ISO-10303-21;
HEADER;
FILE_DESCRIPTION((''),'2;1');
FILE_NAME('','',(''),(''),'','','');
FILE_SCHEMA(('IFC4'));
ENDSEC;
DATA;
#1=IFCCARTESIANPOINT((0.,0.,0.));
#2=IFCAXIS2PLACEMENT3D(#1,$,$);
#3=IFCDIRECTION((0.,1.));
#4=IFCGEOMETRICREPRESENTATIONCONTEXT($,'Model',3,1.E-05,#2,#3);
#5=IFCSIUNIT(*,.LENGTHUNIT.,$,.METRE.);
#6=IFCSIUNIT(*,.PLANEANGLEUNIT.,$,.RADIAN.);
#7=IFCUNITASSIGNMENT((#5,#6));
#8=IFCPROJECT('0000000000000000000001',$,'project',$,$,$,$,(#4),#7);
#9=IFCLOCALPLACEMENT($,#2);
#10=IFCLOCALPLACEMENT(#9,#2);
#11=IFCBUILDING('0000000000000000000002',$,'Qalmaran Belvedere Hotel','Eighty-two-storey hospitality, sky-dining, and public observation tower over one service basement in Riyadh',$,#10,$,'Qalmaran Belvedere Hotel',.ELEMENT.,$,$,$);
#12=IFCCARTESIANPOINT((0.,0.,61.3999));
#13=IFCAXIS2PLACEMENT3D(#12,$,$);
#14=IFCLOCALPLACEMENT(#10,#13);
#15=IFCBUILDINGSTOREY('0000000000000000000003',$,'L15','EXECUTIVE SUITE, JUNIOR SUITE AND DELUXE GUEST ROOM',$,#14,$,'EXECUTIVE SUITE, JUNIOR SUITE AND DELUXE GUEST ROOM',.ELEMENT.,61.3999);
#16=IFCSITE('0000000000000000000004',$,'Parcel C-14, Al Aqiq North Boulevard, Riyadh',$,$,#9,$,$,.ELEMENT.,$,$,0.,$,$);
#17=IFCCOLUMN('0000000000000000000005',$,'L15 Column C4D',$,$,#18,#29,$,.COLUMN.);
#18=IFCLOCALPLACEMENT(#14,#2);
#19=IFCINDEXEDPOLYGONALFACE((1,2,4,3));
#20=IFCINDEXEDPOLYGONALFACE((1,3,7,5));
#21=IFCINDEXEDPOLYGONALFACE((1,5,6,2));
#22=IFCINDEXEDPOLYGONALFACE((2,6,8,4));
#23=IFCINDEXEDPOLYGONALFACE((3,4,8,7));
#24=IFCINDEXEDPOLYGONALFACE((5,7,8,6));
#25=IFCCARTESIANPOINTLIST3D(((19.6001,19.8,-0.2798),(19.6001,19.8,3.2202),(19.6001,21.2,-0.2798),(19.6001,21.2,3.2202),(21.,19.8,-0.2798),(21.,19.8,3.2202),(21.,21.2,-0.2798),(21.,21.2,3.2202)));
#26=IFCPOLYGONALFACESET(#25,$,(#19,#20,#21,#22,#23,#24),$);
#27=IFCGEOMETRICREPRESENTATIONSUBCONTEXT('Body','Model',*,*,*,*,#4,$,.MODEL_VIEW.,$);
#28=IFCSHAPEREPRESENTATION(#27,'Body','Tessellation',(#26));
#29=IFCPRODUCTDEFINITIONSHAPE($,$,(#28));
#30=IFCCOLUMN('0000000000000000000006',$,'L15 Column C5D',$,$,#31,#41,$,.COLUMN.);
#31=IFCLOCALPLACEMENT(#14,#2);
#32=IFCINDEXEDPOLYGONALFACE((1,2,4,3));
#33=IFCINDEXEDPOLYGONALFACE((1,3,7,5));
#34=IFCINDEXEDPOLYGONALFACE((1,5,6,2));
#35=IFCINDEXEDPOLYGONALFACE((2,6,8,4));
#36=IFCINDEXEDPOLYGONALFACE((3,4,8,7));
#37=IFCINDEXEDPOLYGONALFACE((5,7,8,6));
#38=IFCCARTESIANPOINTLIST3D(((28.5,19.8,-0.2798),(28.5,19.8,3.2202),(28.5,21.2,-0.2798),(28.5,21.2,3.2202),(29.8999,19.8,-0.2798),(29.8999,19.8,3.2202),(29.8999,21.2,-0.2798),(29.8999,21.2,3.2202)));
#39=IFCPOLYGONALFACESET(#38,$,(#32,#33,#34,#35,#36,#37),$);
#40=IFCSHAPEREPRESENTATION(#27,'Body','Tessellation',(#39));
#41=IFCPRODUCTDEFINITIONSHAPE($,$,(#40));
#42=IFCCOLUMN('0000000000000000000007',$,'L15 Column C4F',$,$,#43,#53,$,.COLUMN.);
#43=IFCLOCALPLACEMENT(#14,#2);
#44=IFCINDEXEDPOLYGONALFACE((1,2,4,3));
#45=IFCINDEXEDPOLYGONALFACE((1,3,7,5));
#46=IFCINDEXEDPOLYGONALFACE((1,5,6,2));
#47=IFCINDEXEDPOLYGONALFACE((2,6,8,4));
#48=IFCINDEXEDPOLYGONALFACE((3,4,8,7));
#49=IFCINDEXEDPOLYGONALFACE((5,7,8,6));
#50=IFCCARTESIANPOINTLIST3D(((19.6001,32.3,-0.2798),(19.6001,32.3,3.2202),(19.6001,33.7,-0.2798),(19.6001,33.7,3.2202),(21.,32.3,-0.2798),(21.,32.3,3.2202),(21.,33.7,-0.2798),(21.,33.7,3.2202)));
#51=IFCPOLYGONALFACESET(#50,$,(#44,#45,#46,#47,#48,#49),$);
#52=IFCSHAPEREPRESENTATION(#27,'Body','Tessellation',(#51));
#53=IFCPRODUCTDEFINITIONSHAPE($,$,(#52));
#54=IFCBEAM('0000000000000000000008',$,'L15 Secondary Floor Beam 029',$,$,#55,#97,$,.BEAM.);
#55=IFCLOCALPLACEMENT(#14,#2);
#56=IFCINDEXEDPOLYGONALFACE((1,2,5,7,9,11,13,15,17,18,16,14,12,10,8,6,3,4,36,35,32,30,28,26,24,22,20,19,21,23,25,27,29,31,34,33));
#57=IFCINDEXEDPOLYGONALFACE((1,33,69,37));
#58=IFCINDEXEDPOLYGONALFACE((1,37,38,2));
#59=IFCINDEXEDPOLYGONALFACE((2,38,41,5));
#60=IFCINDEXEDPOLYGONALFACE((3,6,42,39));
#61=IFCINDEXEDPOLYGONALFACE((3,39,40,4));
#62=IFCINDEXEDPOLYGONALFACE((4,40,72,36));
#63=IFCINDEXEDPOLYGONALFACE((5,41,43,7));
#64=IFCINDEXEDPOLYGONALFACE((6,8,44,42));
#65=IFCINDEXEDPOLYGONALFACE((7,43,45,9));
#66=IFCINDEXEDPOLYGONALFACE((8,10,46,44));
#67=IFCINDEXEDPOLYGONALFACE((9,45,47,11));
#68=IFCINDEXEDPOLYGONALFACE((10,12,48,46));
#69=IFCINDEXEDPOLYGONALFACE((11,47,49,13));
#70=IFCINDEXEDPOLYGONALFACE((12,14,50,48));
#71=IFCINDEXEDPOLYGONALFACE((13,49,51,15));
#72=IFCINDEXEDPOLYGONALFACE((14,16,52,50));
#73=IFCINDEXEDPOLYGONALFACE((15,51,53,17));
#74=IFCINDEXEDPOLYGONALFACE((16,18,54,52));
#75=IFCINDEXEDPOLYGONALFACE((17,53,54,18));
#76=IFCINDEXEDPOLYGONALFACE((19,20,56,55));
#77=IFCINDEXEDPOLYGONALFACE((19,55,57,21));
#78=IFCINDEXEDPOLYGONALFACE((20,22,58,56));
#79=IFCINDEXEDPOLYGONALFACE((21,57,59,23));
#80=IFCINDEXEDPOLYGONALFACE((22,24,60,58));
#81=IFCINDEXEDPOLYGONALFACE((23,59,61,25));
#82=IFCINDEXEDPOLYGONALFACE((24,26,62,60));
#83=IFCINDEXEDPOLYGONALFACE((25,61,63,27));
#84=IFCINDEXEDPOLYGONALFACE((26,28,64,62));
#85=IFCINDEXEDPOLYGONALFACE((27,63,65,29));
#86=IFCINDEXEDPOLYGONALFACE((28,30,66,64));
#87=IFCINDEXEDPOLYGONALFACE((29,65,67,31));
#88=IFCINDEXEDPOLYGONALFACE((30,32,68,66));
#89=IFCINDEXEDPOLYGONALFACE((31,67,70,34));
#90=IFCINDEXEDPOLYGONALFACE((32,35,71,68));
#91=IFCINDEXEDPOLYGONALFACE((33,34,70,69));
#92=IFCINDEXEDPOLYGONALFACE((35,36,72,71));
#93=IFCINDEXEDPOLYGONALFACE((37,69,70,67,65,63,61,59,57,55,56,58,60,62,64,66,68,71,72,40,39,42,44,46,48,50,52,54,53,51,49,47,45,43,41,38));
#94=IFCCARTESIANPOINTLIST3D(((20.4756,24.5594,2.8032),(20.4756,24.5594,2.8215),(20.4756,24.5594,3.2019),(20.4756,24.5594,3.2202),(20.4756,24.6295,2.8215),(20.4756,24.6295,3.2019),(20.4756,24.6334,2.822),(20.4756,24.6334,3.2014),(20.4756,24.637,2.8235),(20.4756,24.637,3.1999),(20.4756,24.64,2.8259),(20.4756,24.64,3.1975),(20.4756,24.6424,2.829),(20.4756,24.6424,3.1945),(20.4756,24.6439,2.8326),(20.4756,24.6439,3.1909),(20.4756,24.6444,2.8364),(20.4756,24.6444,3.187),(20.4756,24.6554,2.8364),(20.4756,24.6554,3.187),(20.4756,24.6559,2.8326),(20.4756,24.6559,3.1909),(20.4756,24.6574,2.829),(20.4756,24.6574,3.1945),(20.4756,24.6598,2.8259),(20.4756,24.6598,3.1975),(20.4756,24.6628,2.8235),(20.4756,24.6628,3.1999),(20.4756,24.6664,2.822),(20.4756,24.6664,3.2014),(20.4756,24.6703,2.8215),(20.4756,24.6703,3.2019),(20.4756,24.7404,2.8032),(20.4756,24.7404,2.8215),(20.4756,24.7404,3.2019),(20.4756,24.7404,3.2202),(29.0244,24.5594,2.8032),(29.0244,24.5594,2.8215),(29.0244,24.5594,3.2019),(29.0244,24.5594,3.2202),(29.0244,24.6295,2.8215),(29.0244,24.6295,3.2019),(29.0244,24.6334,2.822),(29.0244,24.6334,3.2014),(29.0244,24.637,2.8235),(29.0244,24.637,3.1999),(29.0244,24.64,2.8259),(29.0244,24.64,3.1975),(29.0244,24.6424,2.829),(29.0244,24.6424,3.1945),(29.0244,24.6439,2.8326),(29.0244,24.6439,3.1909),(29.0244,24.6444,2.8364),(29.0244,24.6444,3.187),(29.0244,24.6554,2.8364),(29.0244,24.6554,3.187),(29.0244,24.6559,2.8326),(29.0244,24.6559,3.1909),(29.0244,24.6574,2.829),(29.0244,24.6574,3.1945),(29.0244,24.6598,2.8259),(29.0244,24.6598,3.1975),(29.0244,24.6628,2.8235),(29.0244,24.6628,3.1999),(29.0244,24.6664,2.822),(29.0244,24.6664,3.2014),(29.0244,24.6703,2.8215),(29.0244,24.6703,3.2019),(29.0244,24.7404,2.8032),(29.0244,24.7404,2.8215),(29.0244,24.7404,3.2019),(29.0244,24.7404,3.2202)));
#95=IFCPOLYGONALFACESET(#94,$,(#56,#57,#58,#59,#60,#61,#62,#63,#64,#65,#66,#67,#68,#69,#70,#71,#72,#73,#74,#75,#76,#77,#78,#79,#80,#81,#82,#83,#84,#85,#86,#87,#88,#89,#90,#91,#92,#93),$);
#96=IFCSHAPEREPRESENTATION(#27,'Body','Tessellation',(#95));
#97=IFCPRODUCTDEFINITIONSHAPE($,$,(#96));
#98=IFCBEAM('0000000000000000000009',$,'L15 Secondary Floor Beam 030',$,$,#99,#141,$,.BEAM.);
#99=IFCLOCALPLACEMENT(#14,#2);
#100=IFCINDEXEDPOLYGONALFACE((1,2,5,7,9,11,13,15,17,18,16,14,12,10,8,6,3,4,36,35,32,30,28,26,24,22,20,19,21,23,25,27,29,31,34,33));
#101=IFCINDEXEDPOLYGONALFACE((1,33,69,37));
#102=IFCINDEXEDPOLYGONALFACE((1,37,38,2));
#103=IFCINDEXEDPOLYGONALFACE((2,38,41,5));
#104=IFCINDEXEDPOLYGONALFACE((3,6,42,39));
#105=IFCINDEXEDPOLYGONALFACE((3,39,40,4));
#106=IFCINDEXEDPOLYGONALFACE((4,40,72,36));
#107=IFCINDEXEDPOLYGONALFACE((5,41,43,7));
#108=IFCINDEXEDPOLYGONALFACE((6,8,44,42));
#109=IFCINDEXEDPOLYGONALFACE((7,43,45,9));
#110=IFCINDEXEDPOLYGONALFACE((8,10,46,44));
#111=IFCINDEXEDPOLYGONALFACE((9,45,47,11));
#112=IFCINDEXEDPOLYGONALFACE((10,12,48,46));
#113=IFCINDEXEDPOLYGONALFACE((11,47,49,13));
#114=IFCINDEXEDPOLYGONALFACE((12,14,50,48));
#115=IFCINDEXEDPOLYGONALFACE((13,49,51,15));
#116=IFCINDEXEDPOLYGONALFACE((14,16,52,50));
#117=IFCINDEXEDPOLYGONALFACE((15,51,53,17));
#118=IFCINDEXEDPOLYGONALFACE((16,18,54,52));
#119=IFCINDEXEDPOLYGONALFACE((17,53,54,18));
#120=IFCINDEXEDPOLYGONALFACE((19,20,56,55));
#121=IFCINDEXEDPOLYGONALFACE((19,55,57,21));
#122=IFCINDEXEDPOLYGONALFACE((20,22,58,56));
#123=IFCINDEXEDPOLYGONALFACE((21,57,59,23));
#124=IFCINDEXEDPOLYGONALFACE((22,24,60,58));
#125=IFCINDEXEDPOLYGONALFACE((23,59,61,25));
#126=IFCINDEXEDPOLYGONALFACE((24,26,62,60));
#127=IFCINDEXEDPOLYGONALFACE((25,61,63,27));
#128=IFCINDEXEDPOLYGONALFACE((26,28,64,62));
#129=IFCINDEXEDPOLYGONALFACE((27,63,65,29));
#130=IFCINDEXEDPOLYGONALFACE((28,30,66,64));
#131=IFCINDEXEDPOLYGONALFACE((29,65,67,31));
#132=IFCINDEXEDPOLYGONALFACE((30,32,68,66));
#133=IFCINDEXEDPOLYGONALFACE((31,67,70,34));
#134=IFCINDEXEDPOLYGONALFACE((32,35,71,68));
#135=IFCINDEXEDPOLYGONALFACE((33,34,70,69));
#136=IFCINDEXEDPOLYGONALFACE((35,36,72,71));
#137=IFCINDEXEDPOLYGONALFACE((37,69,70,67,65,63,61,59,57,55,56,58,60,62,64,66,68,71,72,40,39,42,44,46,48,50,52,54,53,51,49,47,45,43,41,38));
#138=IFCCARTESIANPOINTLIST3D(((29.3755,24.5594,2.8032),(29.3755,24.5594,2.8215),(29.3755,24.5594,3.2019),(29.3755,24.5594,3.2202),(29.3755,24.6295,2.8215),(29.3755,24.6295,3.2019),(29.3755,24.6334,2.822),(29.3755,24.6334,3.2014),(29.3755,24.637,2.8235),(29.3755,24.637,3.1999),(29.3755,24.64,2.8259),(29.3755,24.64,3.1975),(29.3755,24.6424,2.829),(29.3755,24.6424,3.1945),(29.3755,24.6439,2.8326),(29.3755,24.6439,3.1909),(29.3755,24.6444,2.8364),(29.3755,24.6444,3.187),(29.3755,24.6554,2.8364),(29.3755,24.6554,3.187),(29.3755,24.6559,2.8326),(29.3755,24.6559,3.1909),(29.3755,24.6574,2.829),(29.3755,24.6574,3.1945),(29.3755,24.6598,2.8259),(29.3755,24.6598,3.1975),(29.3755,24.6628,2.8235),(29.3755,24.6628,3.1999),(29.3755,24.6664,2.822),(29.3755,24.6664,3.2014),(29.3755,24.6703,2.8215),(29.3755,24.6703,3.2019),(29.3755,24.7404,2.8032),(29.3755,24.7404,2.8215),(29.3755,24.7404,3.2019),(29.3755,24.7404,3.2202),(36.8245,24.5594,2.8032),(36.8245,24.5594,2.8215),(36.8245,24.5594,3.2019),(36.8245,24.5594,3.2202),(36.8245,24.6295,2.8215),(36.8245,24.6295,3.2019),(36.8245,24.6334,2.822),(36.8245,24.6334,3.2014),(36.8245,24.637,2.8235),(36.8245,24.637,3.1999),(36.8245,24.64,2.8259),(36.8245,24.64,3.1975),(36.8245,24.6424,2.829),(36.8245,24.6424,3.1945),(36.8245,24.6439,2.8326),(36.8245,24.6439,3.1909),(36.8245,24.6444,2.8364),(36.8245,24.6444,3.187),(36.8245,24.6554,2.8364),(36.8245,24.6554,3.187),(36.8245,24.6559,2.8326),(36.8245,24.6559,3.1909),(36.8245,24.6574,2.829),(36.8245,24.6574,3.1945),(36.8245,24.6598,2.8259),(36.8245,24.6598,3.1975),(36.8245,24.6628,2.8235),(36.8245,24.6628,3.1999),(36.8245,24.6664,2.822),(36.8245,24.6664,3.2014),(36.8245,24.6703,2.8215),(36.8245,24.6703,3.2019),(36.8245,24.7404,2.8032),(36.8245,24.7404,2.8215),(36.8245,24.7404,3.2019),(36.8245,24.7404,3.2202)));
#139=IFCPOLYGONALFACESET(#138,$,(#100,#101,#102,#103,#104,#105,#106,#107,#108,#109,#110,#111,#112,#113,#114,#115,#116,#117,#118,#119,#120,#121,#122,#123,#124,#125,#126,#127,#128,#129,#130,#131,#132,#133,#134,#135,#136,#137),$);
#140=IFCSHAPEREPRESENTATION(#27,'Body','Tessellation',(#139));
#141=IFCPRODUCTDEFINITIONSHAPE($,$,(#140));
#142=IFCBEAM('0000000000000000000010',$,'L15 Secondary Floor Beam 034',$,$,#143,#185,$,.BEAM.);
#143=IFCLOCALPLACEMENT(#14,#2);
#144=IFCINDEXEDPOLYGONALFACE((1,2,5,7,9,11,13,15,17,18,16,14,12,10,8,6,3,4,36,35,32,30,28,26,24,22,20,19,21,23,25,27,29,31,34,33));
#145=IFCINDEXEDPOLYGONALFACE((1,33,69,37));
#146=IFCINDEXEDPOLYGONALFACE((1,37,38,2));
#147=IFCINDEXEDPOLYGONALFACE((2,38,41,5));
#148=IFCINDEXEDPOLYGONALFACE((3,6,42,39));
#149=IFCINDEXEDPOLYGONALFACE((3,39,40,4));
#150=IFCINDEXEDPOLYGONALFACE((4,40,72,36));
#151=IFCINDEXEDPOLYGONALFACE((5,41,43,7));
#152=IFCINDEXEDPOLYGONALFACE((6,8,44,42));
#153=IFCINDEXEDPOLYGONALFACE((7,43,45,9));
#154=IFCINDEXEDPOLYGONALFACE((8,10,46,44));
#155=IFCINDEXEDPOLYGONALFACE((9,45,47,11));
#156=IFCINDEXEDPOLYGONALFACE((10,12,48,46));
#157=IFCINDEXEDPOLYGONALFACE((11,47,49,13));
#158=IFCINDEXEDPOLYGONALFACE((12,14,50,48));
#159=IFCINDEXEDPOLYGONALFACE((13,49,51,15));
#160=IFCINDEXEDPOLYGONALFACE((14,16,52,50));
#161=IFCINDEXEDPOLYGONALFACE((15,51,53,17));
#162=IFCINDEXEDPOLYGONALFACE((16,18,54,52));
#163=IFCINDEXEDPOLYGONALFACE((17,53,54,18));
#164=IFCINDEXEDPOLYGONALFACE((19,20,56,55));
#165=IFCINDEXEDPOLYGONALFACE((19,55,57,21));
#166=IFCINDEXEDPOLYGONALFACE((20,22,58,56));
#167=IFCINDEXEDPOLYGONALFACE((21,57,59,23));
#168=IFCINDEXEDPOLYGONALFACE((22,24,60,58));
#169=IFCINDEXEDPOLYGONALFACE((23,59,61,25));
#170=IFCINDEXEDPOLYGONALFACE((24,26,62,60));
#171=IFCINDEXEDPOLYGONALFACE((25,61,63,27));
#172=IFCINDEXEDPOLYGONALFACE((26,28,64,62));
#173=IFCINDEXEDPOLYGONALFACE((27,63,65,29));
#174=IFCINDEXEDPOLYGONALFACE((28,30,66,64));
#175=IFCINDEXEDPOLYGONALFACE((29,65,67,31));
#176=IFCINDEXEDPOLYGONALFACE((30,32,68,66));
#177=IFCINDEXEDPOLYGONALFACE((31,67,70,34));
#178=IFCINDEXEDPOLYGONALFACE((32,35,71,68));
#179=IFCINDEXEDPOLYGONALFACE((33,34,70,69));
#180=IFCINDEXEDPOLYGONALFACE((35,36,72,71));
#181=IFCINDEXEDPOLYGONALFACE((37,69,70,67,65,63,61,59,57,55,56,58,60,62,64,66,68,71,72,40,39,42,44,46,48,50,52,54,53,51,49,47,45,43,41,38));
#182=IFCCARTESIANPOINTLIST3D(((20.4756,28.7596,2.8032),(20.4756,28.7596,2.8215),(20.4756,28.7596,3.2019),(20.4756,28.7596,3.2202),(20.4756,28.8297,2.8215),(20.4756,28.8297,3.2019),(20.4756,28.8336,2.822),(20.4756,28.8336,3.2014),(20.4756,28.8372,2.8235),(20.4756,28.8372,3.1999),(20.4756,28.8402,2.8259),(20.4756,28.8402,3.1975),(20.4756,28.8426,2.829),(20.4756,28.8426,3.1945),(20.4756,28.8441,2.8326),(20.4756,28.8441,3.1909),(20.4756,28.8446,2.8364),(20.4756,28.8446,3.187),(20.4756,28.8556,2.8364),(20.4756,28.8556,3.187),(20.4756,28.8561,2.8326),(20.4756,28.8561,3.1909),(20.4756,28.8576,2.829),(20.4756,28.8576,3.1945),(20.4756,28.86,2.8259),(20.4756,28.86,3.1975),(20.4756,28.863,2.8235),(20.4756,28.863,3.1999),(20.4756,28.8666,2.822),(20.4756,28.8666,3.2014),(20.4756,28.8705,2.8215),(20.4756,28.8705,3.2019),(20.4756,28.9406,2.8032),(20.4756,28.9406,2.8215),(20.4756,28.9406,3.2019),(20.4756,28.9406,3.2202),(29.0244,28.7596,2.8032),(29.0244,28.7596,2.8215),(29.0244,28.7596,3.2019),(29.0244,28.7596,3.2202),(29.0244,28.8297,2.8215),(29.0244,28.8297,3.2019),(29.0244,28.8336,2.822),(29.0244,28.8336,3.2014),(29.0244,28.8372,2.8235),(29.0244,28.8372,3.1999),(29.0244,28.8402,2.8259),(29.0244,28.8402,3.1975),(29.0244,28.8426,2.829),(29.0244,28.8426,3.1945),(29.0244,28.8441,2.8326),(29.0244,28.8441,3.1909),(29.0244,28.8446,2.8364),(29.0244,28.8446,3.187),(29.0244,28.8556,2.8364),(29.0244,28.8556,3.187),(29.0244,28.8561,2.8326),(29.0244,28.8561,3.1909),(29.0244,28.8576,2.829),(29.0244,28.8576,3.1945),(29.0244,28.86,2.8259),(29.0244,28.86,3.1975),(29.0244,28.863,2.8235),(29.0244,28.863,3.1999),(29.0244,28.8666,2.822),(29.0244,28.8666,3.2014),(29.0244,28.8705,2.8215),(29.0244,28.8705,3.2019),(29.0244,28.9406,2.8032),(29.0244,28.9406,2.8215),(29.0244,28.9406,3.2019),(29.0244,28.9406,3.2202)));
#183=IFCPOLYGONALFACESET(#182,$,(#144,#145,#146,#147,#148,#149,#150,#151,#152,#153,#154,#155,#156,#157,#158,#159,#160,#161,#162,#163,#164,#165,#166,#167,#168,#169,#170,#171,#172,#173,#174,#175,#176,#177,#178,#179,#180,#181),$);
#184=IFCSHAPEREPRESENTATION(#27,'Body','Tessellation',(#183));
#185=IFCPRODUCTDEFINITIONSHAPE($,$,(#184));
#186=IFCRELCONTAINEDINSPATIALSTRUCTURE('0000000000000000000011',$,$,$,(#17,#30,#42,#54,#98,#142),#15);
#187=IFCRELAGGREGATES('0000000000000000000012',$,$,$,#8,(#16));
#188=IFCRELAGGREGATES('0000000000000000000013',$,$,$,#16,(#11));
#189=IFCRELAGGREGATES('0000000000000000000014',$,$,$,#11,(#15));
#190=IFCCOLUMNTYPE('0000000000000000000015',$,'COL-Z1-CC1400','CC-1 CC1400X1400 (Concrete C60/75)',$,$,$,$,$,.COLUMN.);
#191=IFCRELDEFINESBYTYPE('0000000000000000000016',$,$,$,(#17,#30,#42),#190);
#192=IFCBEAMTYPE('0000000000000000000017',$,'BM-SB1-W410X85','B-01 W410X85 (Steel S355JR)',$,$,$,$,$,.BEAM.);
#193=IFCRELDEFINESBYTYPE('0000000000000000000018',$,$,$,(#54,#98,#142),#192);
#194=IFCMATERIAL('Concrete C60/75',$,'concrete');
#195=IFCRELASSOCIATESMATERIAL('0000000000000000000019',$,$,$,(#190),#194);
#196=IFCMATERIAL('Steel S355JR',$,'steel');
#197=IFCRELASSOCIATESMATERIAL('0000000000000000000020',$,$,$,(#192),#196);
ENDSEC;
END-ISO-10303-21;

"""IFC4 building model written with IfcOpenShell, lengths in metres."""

from ifc_helpers import new_model, si_unit, direction, frame, origin, origin_2d, place, context, subcontext, project, spatial, rectangle, i_section, extrude, material, material_profile, profile_set, type_object, element, save


model = new_model("IFC4")

# Units and contexts
model_context = context("Model", 3, precision=1e-05, world=origin(), true_north=direction((0.0, 1.0)))
body_context = subcontext(model_context, "Body", "Model", "MODEL_VIEW")
ifc_project = project(units=[si_unit("LENGTHUNIT", "METRE"), si_unit("PLANEANGLEUNIT", "RADIAN")], contexts=[model_context])

# Site, building, storey
site_placement = place(None, origin())
site = spatial("IfcSite", under=ifc_project, at=site_placement, Name="Parcel C-14, Al Aqiq North Boulevard, Riyadh", CompositionType="ELEMENT", RefElevation=0.0)
building_placement = place(site_placement, origin())
building = spatial("IfcBuilding", under=site, at=building_placement, Name="Qalmaran Belvedere Hotel", Description="Eighty-two-storey hospitality, sky-dining, and public observation tower over one service basement in Riyadh", LongName="Qalmaran Belvedere Hotel", CompositionType="ELEMENT")
storey_placement = place(building_placement, frame((0.0, 0.0, 61.3999)))
storey = spatial("IfcBuildingStorey", under=building, at=storey_placement, Name="L15", Description="EXECUTIVE SUITE, JUNIOR SUITE AND DELUXE GUEST ROOM", LongName="EXECUTIVE SUITE, JUNIOR SUITE AND DELUXE GUEST ROOM", CompositionType="ELEMENT", Elevation=61.3999)

# Columns
ifc_material_1 = material(Name="Concrete C60/75", Category="concrete")
ifc_material_profile_1 = material_profile(ifc_material_1, rectangle(XDim=1.3999, YDim=1.3999, at=origin_2d()), Name="CC1400X1400")
ifc_profile_set_1 = profile_set([ifc_material_profile_1], Name="Concrete C60/75")
column_type = type_object("IfcColumnType", Name="COL-Z1-CC1400", Description="CC-1 CC1400X1400 (Concrete C60/75)", PredefinedType="COLUMN", material=ifc_profile_set_1)
for number, where, z_axis, x_axis, name in (
    (1, (20.3, 20.5, -0.2798), (0.0, 0.0, 1.0), (1.0, 0.0, 0.0), "L15 Column C4D"),
    (2, (29.2, 20.5, -0.2798), (0.0, 0.0, 1.0), (1.0, 0.0, 0.0), "L15 Column C5D"),
    (3, (20.3, 33.0, -0.2798), (0.0, 0.0, 1.0), (1.0, 0.0, 0.0), "L15 Column C4F"),
):
    element("IfcColumn", number, at=place(storey_placement, frame(where, z_axis=z_axis, x_axis=x_axis)), inside=storey, type_object=column_type, Name=name, PredefinedType="COLUMN", context=body_context, shape_type="SweptSolid", body=[
        extrude(rectangle(XDim=1.3999, YDim=1.3999, at=origin_2d()), origin(), (0.0, 0.0, 1.0), 3.5),
    ])

# Beams
ifc_material_2 = material(Name="Steel S355JR", Category="steel")
ifc_material_profile_2 = material_profile(ifc_material_2, i_section(OverallWidth=0.1809, OverallDepth=0.417, WebThickness=0.011, FlangeThickness=0.0183, FilletRadius=0.0149, at=origin_2d()), Name="W410X85")
ifc_profile_set_2 = profile_set([ifc_material_profile_2], Name="Steel S355JR")
beam_type_1 = type_object("IfcBeamType", Name="BM-SB1-W410X85", Description="B-01 W410X85 (Steel S355JR)", PredefinedType="BEAM", material=ifc_profile_set_2)
beam_1_placement = place(storey_placement, frame((20.4756, 24.6499, 3.0117), z_axis=(1.0, 0.0, 0.0), x_axis=(0.0, 1.0, 0.0)))
element("IfcBeam", 4, at=beam_1_placement, inside=storey, type_object=beam_type_1, Name="L15 Secondary Floor Beam 029", PredefinedType="BEAM", context=body_context, shape_type="SweptSolid", body=[
    extrude(i_section(OverallWidth=0.1809, OverallDepth=0.417, WebThickness=0.011, FlangeThickness=0.0183, FilletRadius=0.0149, at=origin_2d()), origin(), (0.0, 0.0, 1.0), 8.5488),
])
beam_2_placement = place(storey_placement, frame((29.3755, 24.6499, 3.0117), z_axis=(1.0, 0.0, 0.0), x_axis=(0.0, 1.0, 0.0)))
element("IfcBeam", 5, at=beam_2_placement, inside=storey, type_object=beam_type_1, Name="L15 Secondary Floor Beam 030", PredefinedType="BEAM", context=body_context, shape_type="SweptSolid", body=[
    extrude(i_section(OverallWidth=0.1809, OverallDepth=0.417, WebThickness=0.011, FlangeThickness=0.0183, FilletRadius=0.0149, at=origin_2d()), origin(), (0.0, 0.0, 1.0), 7.449),
])
beam_3_placement = place(storey_placement, frame((20.4756, 28.8501, 3.0117), z_axis=(1.0, 0.0, 0.0), x_axis=(0.0, 1.0, 0.0)))
element("IfcBeam", 6, at=beam_3_placement, inside=storey, type_object=beam_type_1, Name="L15 Secondary Floor Beam 034", PredefinedType="BEAM", context=body_context, shape_type="SweptSolid", body=[
    extrude(i_section(OverallWidth=0.1809, OverallDepth=0.417, WebThickness=0.011, FlangeThickness=0.0183, FilletRadius=0.0149, at=origin_2d()), origin(), (0.0, 0.0, 1.0), 8.5488),
])

save(model, "model.ifc")
